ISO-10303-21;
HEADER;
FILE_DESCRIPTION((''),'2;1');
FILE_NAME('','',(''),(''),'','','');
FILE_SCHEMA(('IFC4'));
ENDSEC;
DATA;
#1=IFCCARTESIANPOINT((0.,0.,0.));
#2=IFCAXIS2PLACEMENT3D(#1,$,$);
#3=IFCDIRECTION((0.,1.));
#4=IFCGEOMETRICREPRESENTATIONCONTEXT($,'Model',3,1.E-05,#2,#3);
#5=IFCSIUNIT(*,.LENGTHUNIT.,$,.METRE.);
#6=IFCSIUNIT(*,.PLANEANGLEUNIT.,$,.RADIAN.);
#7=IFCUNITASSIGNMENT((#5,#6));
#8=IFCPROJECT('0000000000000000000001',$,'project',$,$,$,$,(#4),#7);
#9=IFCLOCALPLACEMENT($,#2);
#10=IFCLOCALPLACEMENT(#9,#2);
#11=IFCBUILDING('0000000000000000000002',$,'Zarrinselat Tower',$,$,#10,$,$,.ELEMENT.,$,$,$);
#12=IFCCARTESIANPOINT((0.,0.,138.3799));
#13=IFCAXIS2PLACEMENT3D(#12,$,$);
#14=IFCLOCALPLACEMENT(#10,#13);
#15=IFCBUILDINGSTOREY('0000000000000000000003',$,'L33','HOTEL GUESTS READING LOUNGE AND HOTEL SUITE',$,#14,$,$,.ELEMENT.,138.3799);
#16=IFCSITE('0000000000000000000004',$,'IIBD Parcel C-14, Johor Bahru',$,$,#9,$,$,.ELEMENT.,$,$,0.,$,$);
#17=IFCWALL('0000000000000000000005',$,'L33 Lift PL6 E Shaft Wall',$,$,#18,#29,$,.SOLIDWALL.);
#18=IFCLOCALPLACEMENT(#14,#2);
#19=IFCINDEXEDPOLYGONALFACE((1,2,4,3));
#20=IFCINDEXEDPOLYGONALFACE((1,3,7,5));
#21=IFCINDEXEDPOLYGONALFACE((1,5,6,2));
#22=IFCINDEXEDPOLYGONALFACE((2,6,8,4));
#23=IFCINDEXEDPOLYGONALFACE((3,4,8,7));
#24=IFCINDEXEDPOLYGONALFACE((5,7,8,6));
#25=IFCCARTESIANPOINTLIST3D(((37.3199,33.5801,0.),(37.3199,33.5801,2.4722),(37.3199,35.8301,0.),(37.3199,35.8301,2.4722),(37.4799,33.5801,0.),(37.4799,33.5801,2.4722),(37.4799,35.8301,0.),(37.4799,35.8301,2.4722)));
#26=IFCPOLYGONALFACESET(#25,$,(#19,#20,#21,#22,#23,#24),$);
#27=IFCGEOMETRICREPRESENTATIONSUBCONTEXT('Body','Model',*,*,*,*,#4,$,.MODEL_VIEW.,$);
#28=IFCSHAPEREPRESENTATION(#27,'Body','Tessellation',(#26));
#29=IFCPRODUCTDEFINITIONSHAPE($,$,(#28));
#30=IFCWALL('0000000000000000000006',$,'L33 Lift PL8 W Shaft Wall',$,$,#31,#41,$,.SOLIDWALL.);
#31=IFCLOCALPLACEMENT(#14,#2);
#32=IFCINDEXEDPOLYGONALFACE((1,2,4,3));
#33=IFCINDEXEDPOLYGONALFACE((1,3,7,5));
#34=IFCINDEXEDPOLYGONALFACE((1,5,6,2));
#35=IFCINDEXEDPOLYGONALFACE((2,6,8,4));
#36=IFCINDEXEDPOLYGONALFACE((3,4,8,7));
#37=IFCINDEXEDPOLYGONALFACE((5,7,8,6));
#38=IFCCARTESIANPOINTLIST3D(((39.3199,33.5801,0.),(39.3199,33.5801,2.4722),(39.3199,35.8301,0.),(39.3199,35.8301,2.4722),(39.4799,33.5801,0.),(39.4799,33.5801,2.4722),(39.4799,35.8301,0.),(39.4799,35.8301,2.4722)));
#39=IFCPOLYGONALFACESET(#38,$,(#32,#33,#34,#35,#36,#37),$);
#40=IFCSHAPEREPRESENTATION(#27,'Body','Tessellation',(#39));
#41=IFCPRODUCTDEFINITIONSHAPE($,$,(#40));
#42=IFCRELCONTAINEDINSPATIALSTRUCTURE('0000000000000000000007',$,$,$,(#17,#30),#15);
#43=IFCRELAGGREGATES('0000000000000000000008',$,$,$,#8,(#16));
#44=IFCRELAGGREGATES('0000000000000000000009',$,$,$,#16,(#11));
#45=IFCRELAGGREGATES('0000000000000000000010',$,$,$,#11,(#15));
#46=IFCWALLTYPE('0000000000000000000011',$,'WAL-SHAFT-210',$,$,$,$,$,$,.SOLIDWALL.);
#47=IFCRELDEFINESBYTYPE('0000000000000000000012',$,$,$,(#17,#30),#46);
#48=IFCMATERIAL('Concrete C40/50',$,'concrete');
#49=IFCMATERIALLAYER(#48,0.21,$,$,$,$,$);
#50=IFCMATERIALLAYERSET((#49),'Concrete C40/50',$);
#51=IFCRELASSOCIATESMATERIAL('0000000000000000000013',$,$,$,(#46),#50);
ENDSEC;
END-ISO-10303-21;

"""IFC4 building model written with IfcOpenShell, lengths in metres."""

from ifc_helpers import new_model, si_unit, direction, frame, frame_2d, origin, place, context, subcontext, project, spatial, rectangle, extrude, material, layer, layer_set, type_object, element, save


model = new_model("IFC4")

# Units and contexts
model_context = context("Model", 3, precision=1e-05, world=origin(), true_north=direction((0.0, 1.0)))
body_context = subcontext(model_context, "Body", "Model", "MODEL_VIEW")
ifc_project = project(units=[si_unit("LENGTHUNIT", "METRE"), si_unit("PLANEANGLEUNIT", "RADIAN")], contexts=[model_context])

# Site, building, storey
site_placement = place(None, origin())
site = spatial("IfcSite", under=ifc_project, at=site_placement, Name="IIBD Parcel C-14, Johor Bahru", CompositionType="ELEMENT", RefElevation=0.0)
building_placement = place(site_placement, origin())
building = spatial("IfcBuilding", under=site, at=building_placement, Name="Zarrinselat Tower", CompositionType="ELEMENT")
storey_placement = place(building_placement, frame((0.0, 0.0, 138.3799)))
storey = spatial("IfcBuildingStorey", under=building, at=storey_placement, Name="L33", Description="HOTEL GUESTS READING LOUNGE AND HOTEL SUITE", CompositionType="ELEMENT", Elevation=138.3799)

# Walls
ifc_material_1 = material(Name="Concrete C40/50", Category="concrete")
ifc_layer_1 = layer(ifc_material_1, 0.21)
ifc_layer_set_1 = layer_set([ifc_layer_1], Name="Concrete C40/50")
wall_type_1 = type_object("IfcWallType", Name="WAL-SHAFT-210", PredefinedType="SOLIDWALL", material=ifc_layer_set_1)
for number, where, z_axis, x_axis, name in (
    (1, (37.3999, 33.5801, 0.0), (0.0, 0.0, 1.0), (0.0, 1.0, 0.0), "L33 Lift PL6 E Shaft Wall"),
    (2, (39.3999, 33.5801, 0.0), (0.0, 0.0, 1.0), (0.0, 1.0, 0.0), "L33 Lift PL8 W Shaft Wall"),
):
    element("IfcWall", number, at=place(storey_placement, frame(where, z_axis=z_axis, x_axis=x_axis)), inside=storey, type_object=wall_type_1, Name=name, PredefinedType="SOLIDWALL", context=body_context, shape_type="SweptSolid", body=[
        extrude(rectangle(XDim=2.25, YDim=0.1599, at=frame_2d((1.125, 0.0))), origin(), (0.0, 0.0, 1.0), 2.4722),
    ])

save(model, "model.ifc")
